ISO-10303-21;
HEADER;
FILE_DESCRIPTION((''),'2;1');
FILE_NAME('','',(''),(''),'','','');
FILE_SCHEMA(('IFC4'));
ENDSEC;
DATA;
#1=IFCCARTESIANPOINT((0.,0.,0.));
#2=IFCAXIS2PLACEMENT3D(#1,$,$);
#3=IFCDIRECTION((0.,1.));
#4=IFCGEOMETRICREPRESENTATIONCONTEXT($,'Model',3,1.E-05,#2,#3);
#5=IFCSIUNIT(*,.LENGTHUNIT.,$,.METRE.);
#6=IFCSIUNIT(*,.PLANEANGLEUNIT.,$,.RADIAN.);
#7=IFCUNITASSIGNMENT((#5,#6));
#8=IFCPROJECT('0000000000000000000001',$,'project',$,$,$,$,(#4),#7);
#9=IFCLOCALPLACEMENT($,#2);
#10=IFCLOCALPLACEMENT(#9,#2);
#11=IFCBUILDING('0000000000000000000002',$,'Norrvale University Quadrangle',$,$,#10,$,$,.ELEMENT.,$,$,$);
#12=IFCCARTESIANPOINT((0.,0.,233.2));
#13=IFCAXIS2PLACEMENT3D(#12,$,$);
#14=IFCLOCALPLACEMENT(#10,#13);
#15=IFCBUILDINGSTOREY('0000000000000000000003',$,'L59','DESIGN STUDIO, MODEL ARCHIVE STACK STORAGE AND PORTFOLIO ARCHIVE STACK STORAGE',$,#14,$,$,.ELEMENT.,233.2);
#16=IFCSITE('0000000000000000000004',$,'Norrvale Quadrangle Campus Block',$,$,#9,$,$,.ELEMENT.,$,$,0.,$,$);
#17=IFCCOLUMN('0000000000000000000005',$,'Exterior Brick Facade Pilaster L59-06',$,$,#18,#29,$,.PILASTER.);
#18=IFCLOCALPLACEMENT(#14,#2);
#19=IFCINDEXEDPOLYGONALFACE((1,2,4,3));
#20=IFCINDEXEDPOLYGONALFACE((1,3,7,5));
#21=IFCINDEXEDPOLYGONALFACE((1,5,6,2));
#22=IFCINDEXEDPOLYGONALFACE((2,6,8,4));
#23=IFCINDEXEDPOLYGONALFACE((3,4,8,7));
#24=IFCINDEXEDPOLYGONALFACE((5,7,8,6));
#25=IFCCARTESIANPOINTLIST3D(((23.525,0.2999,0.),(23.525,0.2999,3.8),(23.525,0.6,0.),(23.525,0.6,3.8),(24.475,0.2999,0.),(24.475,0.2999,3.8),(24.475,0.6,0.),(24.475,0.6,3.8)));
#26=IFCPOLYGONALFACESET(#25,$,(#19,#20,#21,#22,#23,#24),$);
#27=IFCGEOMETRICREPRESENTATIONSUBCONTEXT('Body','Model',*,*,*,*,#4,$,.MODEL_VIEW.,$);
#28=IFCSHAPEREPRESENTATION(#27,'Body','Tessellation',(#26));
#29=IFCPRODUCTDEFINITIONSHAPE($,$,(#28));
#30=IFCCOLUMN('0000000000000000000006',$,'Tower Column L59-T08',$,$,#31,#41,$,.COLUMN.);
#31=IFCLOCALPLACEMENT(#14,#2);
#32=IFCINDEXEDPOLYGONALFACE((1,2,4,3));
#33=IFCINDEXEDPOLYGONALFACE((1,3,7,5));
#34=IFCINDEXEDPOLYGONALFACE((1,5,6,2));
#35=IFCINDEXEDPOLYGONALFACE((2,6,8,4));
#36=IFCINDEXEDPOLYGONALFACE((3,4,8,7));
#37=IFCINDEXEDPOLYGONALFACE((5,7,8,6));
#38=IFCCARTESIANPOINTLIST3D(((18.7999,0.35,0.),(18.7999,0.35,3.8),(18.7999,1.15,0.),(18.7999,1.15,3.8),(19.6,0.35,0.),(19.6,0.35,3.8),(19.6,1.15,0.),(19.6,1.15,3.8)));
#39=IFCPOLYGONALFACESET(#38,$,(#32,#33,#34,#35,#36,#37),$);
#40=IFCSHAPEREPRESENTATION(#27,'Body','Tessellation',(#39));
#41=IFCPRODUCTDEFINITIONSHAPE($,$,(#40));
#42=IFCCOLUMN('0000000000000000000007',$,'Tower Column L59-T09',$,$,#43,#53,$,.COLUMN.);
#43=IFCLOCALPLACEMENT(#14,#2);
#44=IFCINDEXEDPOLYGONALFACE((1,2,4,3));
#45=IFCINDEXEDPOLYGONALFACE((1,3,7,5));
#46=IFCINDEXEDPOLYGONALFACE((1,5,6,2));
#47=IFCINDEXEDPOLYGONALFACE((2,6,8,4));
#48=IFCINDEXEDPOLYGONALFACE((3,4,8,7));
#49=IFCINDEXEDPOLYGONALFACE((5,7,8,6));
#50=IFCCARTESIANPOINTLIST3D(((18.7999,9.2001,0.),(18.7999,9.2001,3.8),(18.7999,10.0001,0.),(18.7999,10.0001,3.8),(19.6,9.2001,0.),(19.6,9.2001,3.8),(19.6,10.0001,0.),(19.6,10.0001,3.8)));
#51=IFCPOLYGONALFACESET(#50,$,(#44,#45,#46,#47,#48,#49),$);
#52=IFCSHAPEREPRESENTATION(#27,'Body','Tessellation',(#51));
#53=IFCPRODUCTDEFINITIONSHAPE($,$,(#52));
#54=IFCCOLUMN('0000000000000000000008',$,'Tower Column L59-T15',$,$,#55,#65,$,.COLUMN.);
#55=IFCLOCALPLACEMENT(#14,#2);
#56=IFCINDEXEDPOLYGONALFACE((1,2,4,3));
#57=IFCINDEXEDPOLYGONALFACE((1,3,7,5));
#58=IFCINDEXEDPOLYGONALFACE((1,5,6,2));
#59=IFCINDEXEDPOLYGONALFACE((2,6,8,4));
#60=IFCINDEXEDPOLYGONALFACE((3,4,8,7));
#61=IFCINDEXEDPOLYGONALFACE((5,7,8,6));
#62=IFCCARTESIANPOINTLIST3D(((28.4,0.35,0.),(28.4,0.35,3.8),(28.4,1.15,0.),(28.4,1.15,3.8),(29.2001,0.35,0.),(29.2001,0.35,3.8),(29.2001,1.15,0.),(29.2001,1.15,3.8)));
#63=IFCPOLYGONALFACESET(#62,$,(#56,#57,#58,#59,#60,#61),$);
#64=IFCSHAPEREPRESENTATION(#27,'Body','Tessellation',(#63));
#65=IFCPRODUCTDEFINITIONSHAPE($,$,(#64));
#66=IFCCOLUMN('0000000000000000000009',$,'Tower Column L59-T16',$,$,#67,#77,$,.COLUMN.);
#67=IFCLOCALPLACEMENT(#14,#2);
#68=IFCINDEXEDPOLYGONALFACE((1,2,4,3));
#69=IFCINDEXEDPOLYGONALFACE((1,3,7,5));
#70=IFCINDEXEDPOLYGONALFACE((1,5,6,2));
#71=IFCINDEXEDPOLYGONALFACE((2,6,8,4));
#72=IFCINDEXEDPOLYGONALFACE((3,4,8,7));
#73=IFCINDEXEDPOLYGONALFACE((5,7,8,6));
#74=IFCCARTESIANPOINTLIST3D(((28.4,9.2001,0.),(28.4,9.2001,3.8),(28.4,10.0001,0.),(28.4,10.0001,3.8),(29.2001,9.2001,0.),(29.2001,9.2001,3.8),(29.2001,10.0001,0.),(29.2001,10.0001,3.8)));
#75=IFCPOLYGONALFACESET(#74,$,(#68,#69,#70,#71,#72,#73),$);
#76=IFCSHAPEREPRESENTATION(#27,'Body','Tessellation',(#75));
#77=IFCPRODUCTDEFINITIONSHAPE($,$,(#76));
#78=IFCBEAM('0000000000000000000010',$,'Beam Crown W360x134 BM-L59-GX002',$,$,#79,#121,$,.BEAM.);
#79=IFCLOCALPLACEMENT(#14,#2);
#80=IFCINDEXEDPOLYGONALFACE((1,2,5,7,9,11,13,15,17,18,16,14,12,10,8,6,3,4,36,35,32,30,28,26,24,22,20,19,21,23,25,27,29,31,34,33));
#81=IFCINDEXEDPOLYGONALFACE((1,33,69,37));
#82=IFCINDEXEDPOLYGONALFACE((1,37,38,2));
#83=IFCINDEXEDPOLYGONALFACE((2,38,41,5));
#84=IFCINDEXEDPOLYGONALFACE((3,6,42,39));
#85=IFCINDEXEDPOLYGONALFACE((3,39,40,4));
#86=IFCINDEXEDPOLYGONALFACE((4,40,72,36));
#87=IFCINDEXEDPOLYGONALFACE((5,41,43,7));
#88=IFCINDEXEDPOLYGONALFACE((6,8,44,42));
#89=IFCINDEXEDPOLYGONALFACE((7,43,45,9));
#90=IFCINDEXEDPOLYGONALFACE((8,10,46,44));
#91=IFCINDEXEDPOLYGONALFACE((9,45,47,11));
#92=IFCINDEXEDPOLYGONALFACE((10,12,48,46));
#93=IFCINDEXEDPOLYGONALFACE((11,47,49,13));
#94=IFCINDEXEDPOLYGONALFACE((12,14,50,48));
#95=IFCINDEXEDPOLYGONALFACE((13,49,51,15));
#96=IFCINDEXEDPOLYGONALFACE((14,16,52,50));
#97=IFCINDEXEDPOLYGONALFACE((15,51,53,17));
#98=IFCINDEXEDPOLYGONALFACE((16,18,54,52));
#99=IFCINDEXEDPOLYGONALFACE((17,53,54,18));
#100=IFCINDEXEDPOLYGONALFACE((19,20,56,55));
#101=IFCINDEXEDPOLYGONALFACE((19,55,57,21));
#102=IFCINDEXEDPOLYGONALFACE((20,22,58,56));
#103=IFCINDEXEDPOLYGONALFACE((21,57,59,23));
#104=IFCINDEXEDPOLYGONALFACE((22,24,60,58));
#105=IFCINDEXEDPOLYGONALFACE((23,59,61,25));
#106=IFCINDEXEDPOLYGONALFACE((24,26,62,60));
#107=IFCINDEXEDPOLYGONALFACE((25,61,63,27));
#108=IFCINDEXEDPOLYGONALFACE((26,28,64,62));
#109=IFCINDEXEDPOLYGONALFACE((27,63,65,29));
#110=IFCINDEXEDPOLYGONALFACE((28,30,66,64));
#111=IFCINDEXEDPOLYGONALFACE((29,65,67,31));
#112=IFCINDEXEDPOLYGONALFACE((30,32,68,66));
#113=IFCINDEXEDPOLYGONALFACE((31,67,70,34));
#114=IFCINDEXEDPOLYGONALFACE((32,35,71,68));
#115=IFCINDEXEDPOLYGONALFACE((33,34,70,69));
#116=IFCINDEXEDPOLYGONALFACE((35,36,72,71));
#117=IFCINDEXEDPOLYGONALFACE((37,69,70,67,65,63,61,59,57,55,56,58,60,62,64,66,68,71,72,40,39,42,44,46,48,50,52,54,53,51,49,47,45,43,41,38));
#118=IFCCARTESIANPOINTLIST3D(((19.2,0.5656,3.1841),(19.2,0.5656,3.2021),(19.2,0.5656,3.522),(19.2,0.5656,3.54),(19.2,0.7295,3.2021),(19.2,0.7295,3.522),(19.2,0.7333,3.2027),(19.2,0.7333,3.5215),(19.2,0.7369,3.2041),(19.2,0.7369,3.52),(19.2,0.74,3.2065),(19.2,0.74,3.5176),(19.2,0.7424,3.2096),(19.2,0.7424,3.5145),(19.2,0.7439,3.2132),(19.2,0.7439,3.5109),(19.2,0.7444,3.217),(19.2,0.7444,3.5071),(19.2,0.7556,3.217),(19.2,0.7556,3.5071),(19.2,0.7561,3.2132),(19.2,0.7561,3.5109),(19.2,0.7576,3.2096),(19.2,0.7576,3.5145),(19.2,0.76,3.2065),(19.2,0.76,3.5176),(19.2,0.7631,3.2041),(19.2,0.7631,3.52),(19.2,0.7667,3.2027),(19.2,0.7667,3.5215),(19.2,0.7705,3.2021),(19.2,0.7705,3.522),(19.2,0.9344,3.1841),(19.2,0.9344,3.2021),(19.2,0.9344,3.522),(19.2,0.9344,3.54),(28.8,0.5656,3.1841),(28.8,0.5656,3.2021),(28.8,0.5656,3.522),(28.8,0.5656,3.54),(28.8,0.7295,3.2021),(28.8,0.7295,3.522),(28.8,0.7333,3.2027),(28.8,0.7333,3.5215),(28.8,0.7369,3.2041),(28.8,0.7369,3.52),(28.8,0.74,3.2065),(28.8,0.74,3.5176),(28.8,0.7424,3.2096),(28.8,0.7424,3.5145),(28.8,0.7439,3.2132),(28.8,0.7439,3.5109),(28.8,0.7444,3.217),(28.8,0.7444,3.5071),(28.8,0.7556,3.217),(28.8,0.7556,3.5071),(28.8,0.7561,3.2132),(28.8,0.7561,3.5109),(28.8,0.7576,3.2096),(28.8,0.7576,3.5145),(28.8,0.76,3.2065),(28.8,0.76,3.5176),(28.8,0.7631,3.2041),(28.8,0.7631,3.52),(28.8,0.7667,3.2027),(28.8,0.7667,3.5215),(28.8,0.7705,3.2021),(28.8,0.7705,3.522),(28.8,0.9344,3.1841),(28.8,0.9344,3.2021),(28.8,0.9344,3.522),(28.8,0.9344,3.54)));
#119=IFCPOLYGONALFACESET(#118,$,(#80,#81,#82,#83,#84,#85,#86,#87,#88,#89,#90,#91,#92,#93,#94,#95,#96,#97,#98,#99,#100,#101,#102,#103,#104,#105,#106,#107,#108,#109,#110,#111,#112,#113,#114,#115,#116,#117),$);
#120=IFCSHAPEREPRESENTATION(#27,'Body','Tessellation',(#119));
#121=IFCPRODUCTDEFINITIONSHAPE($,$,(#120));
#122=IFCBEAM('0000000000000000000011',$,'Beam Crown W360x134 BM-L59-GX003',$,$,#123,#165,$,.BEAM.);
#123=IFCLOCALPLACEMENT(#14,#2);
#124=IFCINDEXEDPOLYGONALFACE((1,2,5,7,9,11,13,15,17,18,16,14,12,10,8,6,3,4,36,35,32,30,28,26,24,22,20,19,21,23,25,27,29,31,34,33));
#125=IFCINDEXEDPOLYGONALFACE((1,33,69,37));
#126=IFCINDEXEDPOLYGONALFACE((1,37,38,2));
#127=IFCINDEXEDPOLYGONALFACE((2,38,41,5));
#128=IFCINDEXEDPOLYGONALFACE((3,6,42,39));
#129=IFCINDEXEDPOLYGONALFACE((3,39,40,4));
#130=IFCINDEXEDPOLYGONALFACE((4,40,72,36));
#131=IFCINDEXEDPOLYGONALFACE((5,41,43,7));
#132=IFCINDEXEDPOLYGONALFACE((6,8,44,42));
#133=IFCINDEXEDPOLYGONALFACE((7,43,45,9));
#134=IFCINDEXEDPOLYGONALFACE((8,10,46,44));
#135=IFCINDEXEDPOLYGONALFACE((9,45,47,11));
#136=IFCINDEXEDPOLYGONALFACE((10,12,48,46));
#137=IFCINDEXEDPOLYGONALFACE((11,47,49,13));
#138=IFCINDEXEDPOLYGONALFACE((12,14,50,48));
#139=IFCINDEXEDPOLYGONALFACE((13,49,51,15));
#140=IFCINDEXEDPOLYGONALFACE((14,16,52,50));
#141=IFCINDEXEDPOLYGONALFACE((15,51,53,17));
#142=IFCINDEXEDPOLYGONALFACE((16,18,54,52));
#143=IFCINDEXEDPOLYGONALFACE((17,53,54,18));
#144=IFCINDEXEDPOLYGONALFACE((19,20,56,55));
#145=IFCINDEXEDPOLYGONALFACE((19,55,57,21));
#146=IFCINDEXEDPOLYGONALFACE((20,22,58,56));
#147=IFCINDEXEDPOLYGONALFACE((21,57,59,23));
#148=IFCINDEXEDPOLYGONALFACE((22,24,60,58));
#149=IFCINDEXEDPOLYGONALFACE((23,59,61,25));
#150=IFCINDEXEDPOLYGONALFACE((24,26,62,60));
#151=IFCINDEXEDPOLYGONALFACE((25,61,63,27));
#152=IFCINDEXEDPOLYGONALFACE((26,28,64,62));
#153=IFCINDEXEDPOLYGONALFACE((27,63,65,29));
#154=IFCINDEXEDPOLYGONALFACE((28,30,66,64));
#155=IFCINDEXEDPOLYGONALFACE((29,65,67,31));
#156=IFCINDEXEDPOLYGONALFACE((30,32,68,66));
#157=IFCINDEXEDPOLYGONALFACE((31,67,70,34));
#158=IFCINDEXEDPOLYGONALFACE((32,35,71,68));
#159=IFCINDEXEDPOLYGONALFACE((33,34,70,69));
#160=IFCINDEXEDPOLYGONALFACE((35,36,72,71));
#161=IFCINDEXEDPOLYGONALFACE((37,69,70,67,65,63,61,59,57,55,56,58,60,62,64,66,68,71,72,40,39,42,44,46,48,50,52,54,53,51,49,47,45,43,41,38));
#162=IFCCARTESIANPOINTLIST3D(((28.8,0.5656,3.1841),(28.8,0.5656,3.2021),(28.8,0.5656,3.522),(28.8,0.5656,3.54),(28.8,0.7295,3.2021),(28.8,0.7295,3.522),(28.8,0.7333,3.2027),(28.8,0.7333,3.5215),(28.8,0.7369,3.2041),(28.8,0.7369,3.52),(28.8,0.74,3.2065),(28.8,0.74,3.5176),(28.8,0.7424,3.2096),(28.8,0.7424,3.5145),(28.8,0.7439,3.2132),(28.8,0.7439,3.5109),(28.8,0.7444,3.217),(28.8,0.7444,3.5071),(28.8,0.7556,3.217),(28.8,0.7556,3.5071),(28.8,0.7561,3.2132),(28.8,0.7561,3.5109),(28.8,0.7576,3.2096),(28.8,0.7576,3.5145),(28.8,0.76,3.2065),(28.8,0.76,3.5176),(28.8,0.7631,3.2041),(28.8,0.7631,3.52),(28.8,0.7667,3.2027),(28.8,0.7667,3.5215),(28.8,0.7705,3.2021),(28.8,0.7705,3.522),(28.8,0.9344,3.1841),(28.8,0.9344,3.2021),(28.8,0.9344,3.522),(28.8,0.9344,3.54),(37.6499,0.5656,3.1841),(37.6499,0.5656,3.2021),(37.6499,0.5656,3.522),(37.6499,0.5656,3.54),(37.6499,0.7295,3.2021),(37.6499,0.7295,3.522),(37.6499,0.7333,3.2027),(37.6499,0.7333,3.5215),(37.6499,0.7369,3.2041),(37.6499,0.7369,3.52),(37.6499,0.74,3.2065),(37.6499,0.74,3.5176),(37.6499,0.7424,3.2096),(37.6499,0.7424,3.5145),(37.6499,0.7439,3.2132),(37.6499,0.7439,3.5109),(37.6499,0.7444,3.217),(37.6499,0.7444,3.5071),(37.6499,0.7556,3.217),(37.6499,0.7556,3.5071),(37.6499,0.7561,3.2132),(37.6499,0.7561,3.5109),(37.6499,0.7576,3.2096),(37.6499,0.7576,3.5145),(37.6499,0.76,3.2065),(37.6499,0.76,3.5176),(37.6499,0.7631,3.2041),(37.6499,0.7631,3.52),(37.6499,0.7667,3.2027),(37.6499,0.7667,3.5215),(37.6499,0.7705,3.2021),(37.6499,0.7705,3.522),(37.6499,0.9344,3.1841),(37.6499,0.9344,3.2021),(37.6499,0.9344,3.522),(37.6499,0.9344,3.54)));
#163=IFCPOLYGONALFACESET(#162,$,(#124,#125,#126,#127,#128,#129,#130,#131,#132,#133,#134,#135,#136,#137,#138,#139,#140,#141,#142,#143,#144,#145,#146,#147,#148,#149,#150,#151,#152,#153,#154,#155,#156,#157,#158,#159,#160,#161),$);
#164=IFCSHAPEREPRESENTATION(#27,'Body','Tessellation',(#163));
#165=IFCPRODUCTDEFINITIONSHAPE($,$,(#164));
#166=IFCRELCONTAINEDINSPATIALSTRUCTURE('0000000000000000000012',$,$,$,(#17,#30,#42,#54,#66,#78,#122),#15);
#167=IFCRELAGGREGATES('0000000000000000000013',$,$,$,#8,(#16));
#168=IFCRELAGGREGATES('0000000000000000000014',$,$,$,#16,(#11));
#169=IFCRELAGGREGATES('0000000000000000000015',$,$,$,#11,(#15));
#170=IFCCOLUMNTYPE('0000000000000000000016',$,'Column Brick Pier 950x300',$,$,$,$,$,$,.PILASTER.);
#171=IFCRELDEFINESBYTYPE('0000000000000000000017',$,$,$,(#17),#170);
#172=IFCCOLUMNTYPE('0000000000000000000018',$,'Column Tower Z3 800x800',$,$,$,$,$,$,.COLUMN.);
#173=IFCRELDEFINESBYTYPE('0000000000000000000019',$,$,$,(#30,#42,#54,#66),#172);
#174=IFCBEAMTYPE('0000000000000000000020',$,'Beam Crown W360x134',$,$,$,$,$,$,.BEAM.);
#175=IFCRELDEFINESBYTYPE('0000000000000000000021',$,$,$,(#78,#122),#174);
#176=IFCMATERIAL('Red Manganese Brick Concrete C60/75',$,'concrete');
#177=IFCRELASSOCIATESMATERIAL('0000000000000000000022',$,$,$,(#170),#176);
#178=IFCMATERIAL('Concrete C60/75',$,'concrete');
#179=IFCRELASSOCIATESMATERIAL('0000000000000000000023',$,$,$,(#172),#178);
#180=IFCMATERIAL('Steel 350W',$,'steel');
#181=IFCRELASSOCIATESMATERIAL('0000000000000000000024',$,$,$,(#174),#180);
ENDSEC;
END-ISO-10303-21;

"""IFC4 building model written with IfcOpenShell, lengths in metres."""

from ifc_helpers import new_model, si_unit, direction, frame, origin, origin_2d, place, context, subcontext, project, spatial, rectangle, i_section, extrude, material, material_profile, profile_set, type_object, element, save


model = new_model("IFC4")

# Units and contexts
model_context = context("Model", 3, precision=1e-05, world=origin(), true_north=direction((0.0, 1.0)))
body_context = subcontext(model_context, "Body", "Model", "MODEL_VIEW")
ifc_project = project(units=[si_unit("LENGTHUNIT", "METRE"), si_unit("PLANEANGLEUNIT", "RADIAN")], contexts=[model_context])

# Site, building, storey
site_placement = place(None, origin())
site = spatial("IfcSite", under=ifc_project, at=site_placement, Name="Norrvale Quadrangle Campus Block", CompositionType="ELEMENT", RefElevation=0.0)
building_placement = place(site_placement, origin())
building = spatial("IfcBuilding", under=site, at=building_placement, Name="Norrvale University Quadrangle", CompositionType="ELEMENT")
storey_placement = place(building_placement, frame((0.0, 0.0, 233.2)))
storey = spatial("IfcBuildingStorey", under=building, at=storey_placement, Name="L59", Description="DESIGN STUDIO, MODEL ARCHIVE STACK STORAGE AND PORTFOLIO ARCHIVE STACK STORAGE", CompositionType="ELEMENT", Elevation=233.2)

# Columns
ifc_material_1 = material(Name="Red Manganese Brick Concrete C60/75", Category="concrete")
ifc_material_profile_1 = material_profile(ifc_material_1, rectangle(XDim=0.95, YDim=0.3, at=origin_2d()), Name="Red Manganese Brick Concrete C60/75")
ifc_profile_set_1 = profile_set([ifc_material_profile_1], Name="Red Manganese Brick Concrete C60/75")
column_type_1 = type_object("IfcColumnType", Name="Column Brick Pier 950x300", PredefinedType="PILASTER", material=ifc_profile_set_1)
column_placement = place(storey_placement, frame((24.0, 0.45, 0.0), z_axis=(0.0, 0.0, 1.0), x_axis=(1.0, 0.0, 0.0)))
element("IfcColumn", 1, at=column_placement, inside=storey, type_object=column_type_1, Name="Exterior Brick Facade Pilaster L59-06", PredefinedType="PILASTER", context=body_context, shape_type="SweptSolid", body=[
    extrude(rectangle(XDim=0.95, YDim=0.3, at=origin_2d()), origin(), (0.0, 0.0, 1.0), 3.8),
])
ifc_material_2 = material(Name="Concrete C60/75", Category="concrete")
ifc_material_profile_2 = material_profile(ifc_material_2, rectangle(XDim=0.8, YDim=0.8, at=origin_2d()), Name="Concrete C60/75")
ifc_profile_set_2 = profile_set([ifc_material_profile_2], Name="Concrete C60/75")
column_type_2 = type_object("IfcColumnType", Name="Column Tower Z3 800x800", PredefinedType="COLUMN", material=ifc_profile_set_2)
for number, where, z_axis, x_axis, name in (
    (2, (19.2, 0.75, 0.0), (0.0, 0.0, 1.0), (1.0, 0.0, 0.0), "Tower Column L59-T08"),
    (3, (19.2, 9.6001, 0.0), (0.0, 0.0, 1.0), (1.0, 0.0, 0.0), "Tower Column L59-T09"),
    (4, (28.8, 0.75, 0.0), (0.0, 0.0, 1.0), (1.0, 0.0, 0.0), "Tower Column L59-T15"),
    (5, (28.8, 9.6001, 0.0), (0.0, 0.0, 1.0), (1.0, 0.0, 0.0), "Tower Column L59-T16"),
):
    element("IfcColumn", number, at=place(storey_placement, frame(where, z_axis=z_axis, x_axis=x_axis)), inside=storey, type_object=column_type_2, Name=name, PredefinedType="COLUMN", context=body_context, shape_type="SweptSolid", body=[
        extrude(rectangle(XDim=0.8, YDim=0.8, at=origin_2d()), origin(), (0.0, 0.0, 1.0), 3.8),
    ])

# Beams
ifc_material_3 = material(Name="Steel 350W", Category="steel")
ifc_material_profile_3 = material_profile(ifc_material_3, i_section(OverallWidth=0.3689, OverallDepth=0.356, WebThickness=0.0112, FlangeThickness=0.0181, FilletRadius=0.0149, at=origin_2d()), Name="Steel 350W")
ifc_profile_set_3 = profile_set([ifc_material_profile_3], Name="Steel 350W")
beam_type_1 = type_object("IfcBeamType", Name="Beam Crown W360x134", PredefinedType="BEAM", material=ifc_profile_set_3)
beam_1_placement = place(storey_placement, frame((19.2, 0.75, 3.3621), z_axis=(1.0, 0.0, 0.0), x_axis=(0.0, 1.0, 0.0)))
element("IfcBeam", 6, at=beam_1_placement, inside=storey, type_object=beam_type_1, Name="Beam Crown W360x134 BM-L59-GX002", PredefinedType="BEAM", context=body_context, shape_type="SweptSolid", body=[
    extrude(i_section(OverallWidth=0.3689, OverallDepth=0.356, WebThickness=0.0112, FlangeThickness=0.0181, FilletRadius=0.0149, at=origin_2d()), origin(), (0.0, 0.0, 1.0), 9.6001),
])
beam_2_placement = place(storey_placement, frame((28.8, 0.75, 3.3621), z_axis=(1.0, 0.0, 0.0), x_axis=(0.0, 1.0, 0.0)))
element("IfcBeam", 7, at=beam_2_placement, inside=storey, type_object=beam_type_1, Name="Beam Crown W360x134 BM-L59-GX003", PredefinedType="BEAM", context=body_context, shape_type="SweptSolid", body=[
    extrude(i_section(OverallWidth=0.3689, OverallDepth=0.356, WebThickness=0.0112, FlangeThickness=0.0181, FilletRadius=0.0149, at=origin_2d()), origin(), (0.0, 0.0, 1.0), 8.8499),
])

save(model, "model.ifc")
